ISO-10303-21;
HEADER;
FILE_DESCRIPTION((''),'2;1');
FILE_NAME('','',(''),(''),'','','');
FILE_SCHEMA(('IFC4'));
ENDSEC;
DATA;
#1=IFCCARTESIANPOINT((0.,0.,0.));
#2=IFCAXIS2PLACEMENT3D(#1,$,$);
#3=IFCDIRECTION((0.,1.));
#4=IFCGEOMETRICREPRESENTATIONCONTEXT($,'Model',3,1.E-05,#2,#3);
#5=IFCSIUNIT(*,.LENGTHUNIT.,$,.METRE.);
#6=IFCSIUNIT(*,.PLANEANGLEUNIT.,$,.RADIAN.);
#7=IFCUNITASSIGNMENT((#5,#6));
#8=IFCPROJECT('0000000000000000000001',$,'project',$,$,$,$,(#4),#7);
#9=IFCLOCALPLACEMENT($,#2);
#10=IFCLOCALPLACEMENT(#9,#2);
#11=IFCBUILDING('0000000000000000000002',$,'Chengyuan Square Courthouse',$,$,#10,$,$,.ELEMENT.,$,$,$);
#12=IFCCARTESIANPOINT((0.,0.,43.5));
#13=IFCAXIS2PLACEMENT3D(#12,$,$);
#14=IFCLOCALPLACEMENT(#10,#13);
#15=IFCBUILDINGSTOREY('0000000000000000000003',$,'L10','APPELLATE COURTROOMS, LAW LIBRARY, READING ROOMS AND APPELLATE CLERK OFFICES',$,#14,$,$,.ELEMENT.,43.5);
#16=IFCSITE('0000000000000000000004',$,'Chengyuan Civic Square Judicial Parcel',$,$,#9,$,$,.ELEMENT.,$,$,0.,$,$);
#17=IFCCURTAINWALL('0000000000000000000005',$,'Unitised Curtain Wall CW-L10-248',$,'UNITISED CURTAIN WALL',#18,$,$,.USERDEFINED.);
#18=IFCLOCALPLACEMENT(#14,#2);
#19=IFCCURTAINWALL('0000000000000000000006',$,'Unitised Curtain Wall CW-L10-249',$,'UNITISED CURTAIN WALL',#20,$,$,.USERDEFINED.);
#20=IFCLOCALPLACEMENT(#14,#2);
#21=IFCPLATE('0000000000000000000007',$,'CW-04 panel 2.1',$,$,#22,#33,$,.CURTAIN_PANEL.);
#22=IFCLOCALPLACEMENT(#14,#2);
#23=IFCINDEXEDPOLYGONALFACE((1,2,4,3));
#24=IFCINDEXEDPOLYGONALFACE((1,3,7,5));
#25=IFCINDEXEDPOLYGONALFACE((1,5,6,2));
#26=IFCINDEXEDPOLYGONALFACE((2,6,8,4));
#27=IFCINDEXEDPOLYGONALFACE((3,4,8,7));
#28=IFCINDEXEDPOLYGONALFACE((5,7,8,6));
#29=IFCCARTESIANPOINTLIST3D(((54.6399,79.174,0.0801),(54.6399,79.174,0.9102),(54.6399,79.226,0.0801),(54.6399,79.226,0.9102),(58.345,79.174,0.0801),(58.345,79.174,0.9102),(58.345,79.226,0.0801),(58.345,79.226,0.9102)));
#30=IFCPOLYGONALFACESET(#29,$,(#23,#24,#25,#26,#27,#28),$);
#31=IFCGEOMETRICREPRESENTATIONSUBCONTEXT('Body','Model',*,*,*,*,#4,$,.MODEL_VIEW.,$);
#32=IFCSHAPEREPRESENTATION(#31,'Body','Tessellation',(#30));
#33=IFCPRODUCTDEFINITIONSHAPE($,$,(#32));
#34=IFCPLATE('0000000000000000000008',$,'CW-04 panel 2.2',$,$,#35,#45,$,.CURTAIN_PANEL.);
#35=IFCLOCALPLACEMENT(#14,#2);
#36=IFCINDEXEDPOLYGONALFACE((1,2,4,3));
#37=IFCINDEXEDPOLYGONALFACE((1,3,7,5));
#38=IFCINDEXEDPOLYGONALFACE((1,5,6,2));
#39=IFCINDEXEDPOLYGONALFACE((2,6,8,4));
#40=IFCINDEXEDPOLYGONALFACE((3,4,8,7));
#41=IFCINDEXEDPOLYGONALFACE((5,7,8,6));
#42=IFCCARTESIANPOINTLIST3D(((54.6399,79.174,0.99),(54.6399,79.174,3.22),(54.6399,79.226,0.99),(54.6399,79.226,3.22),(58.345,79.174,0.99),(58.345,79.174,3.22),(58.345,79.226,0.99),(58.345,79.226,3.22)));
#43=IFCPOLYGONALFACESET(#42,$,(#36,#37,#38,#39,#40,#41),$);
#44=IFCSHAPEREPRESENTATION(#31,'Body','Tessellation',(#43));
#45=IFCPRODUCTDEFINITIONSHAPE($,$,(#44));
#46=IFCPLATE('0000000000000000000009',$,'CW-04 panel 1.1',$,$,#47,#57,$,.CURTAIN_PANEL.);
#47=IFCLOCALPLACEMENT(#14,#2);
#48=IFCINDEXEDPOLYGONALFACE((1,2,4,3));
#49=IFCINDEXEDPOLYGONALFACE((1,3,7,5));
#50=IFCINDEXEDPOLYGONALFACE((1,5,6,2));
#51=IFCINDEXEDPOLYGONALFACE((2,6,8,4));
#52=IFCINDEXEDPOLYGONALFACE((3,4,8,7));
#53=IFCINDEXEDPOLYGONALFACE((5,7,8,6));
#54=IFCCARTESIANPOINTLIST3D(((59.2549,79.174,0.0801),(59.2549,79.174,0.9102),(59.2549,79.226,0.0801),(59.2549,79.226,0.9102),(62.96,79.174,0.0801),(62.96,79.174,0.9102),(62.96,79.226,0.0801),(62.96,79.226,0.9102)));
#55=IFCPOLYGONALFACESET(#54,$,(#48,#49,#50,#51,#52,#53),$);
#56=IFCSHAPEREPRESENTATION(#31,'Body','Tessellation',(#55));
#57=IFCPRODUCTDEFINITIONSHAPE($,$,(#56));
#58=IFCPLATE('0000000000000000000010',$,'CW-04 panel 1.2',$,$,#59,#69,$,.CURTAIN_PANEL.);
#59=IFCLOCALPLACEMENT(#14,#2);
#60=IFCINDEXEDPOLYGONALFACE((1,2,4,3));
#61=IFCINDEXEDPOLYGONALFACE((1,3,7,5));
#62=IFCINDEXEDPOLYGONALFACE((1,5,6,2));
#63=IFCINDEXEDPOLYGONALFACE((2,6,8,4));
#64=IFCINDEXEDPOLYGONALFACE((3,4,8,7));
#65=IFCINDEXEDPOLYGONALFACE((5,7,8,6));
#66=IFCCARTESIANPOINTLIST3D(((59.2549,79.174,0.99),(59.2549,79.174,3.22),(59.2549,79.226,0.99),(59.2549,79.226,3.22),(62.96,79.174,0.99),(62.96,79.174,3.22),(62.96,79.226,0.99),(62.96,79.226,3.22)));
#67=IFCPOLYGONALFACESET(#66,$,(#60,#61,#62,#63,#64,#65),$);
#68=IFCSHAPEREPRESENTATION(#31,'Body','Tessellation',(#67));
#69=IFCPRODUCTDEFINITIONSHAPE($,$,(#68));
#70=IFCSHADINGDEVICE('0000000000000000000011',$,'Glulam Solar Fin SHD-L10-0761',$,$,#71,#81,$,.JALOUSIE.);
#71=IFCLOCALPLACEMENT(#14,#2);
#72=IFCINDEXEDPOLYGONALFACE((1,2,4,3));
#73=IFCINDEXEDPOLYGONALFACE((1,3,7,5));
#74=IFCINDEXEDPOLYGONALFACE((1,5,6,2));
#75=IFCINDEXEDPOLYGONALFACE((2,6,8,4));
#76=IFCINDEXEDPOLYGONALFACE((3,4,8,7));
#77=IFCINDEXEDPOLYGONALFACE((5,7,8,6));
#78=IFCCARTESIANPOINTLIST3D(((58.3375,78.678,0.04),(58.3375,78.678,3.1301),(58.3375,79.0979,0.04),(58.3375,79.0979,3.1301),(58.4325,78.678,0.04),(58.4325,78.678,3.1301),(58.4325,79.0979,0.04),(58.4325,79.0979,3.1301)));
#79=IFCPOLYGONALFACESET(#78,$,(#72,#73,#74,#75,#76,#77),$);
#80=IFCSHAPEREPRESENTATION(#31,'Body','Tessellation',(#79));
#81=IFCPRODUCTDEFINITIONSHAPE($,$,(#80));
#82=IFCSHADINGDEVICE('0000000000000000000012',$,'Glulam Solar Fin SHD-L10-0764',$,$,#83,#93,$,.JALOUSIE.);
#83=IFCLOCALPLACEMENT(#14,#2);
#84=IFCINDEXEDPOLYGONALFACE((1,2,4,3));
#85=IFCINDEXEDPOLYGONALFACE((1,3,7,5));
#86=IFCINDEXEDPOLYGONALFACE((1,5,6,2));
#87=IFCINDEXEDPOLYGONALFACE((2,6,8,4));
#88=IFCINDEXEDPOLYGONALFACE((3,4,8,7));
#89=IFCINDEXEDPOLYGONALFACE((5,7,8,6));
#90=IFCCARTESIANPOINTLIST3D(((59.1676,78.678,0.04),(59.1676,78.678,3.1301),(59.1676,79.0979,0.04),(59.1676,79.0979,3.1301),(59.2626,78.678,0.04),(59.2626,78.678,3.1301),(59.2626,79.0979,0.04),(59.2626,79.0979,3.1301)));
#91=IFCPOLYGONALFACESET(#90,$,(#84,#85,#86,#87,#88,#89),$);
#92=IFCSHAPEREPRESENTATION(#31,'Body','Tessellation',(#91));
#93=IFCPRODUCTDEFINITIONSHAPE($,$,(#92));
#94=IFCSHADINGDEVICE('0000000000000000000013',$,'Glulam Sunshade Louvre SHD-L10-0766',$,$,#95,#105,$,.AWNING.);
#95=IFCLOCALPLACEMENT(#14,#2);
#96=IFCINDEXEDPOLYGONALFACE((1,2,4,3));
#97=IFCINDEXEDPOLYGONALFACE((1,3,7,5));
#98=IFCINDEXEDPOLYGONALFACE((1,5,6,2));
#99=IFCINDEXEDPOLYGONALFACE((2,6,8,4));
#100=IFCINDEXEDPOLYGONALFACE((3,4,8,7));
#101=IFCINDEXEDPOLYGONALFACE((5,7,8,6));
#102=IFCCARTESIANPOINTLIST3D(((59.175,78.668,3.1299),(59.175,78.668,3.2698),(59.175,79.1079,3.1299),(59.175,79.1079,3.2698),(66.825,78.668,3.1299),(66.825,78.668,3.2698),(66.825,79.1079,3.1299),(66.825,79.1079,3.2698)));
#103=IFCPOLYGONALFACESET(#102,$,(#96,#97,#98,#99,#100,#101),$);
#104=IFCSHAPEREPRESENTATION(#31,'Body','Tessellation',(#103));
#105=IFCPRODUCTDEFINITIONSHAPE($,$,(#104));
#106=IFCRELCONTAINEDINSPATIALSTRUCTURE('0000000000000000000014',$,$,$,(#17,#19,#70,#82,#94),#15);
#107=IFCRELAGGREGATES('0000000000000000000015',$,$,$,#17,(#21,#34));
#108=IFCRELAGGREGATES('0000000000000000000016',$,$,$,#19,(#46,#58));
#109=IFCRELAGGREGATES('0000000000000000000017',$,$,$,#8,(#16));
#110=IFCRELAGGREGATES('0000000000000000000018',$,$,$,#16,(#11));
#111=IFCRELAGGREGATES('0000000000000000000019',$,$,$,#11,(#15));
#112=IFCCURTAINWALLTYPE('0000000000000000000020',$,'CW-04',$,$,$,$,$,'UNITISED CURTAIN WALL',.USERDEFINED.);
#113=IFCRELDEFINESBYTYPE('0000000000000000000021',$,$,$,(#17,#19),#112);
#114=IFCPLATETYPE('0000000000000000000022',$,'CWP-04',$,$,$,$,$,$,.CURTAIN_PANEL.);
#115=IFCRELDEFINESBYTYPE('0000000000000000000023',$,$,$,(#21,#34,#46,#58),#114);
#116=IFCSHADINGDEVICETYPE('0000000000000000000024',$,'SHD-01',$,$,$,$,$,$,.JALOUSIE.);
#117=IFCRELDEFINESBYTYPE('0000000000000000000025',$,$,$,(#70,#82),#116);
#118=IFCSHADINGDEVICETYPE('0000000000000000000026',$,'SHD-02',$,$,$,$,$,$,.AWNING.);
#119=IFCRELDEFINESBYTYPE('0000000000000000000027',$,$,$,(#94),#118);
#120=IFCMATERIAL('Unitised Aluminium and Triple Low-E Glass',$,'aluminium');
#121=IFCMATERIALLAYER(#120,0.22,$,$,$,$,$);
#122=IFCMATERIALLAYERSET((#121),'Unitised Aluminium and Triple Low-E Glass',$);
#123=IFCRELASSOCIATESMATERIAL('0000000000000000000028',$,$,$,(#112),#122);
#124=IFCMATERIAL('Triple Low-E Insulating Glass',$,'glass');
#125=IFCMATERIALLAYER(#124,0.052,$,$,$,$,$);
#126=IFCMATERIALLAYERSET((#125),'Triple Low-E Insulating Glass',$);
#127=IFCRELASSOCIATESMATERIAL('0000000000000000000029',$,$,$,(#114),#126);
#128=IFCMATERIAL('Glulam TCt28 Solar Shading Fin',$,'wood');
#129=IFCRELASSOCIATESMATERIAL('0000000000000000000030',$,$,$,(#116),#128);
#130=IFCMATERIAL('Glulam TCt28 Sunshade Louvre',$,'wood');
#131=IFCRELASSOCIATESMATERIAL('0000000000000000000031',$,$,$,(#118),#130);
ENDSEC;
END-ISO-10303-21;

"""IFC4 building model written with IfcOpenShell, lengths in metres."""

from ifc_helpers import new_model, si_unit, direction, frame, origin, origin_2d, place, context, subcontext, project, spatial, rectangle, extrude, material, layer, layer_set, type_object, element, aggregate, save


model = new_model("IFC4")

# Units and contexts
model_context = context("Model", 3, precision=1e-05, world=origin(), true_north=direction((0.0, 1.0)))
body_context = subcontext(model_context, "Body", "Model", "MODEL_VIEW")
ifc_project = project(units=[si_unit("LENGTHUNIT", "METRE"), si_unit("PLANEANGLEUNIT", "RADIAN")], contexts=[model_context])

# Site, building, storey
site_placement = place(None, origin())
site = spatial("IfcSite", under=ifc_project, at=site_placement, Name="Chengyuan Civic Square Judicial Parcel", CompositionType="ELEMENT", RefElevation=0.0)
building_placement = place(site_placement, origin())
building = spatial("IfcBuilding", under=site, at=building_placement, Name="Chengyuan Square Courthouse", CompositionType="ELEMENT")
storey_placement = place(building_placement, frame((0.0, 0.0, 43.5)))
storey = spatial("IfcBuildingStorey", under=building, at=storey_placement, Name="L10", Description="APPELLATE COURTROOMS, LAW LIBRARY, READING ROOMS AND APPELLATE CLERK OFFICES", CompositionType="ELEMENT", Elevation=43.5)

# Curtain walls
ifc_material_1 = material(Name="Unitised Aluminium and Triple Low-E Glass", Category="aluminium")
ifc_layer_1 = layer(ifc_material_1, 0.22)
ifc_layer_set_1 = layer_set([ifc_layer_1], Name="Unitised Aluminium and Triple Low-E Glass")
curtain_wall_type = type_object("IfcCurtainWallType", Name="CW-04", ElementType="UNITISED CURTAIN WALL", PredefinedType="USERDEFINED", material=ifc_layer_set_1)
curtain_wall_1_placement = place(storey_placement, origin())
curtain_wall_1 = element("IfcCurtainWall", 1, at=curtain_wall_1_placement, inside=storey, type_object=curtain_wall_type, Name="Unitised Curtain Wall CW-L10-248", ObjectType="UNITISED CURTAIN WALL", PredefinedType="USERDEFINED")
curtain_wall_2_placement = place(storey_placement, origin())
curtain_wall_2 = element("IfcCurtainWall", 2, at=curtain_wall_2_placement, inside=storey, type_object=curtain_wall_type, Name="Unitised Curtain Wall CW-L10-249", ObjectType="UNITISED CURTAIN WALL", PredefinedType="USERDEFINED")

# Plates
ifc_material_2 = material(Name="Triple Low-E Insulating Glass", Category="glass")
ifc_layer_2 = layer(ifc_material_2, 0.052)
ifc_layer_set_2 = layer_set([ifc_layer_2], Name="Triple Low-E Insulating Glass")
plate_type = type_object("IfcPlateType", Name="CWP-04", PredefinedType="CURTAIN_PANEL", material=ifc_layer_set_2)
plate_1_placement = place(storey_placement, frame((56.4924, 79.2, 0.0801), z_axis=(0.0, 0.0, 1.0), x_axis=(1.0, 0.0, 0.0)))
plate_1 = element("IfcPlate", 3, at=plate_1_placement, type_object=plate_type, Name="CW-04 panel 2.1", PredefinedType="CURTAIN_PANEL", context=body_context, shape_type="SweptSolid", body=[
    extrude(rectangle(XDim=3.7051, YDim=0.052, at=origin_2d()), origin(), (0.0, 0.0, 1.0), 0.8301),
])
plate_2_placement = place(storey_placement, frame((56.4924, 79.2, 0.99), z_axis=(0.0, 0.0, 1.0), x_axis=(1.0, 0.0, 0.0)))
plate_2 = element("IfcPlate", 4, at=plate_2_placement, type_object=plate_type, Name="CW-04 panel 2.2", PredefinedType="CURTAIN_PANEL", context=body_context, shape_type="SweptSolid", body=[
    extrude(rectangle(XDim=3.7051, YDim=0.052, at=origin_2d()), origin(), (0.0, 0.0, 1.0), 2.23),
])
aggregate(curtain_wall_1, [plate_1, plate_2])
plate_3_placement = place(storey_placement, frame((61.1074, 79.2, 0.0801), z_axis=(0.0, 0.0, 1.0), x_axis=(1.0, 0.0, 0.0)))
plate_3 = element("IfcPlate", 5, at=plate_3_placement, type_object=plate_type, Name="CW-04 panel 1.1", PredefinedType="CURTAIN_PANEL", context=body_context, shape_type="SweptSolid", body=[
    extrude(rectangle(XDim=3.7051, YDim=0.052, at=origin_2d()), origin(), (0.0, 0.0, 1.0), 0.8301),
])
plate_4_placement = place(storey_placement, frame((61.1074, 79.2, 0.99), z_axis=(0.0, 0.0, 1.0), x_axis=(1.0, 0.0, 0.0)))
plate_4 = element("IfcPlate", 6, at=plate_4_placement, type_object=plate_type, Name="CW-04 panel 1.2", PredefinedType="CURTAIN_PANEL", context=body_context, shape_type="SweptSolid", body=[
    extrude(rectangle(XDim=3.7051, YDim=0.052, at=origin_2d()), origin(), (0.0, 0.0, 1.0), 2.23),
])
aggregate(curtain_wall_2, [plate_3, plate_4])

# Shading devices
ifc_material_3 = material(Name="Glulam TCt28 Solar Shading Fin", Category="wood")
shading_device_type_1 = type_object("IfcShadingDeviceType", Name="SHD-01", PredefinedType="JALOUSIE", material=ifc_material_3)
for number, where, z_axis, x_axis, name in (
    (7, (58.385, 78.8879, 0.04), (0.0, 0.0, 1.0), (0.0, 1.0, 0.0), "Glulam Solar Fin SHD-L10-0761"),
    (8, (59.2151, 78.8879, 0.04), (0.0, 0.0, 1.0), (0.0, 1.0, 0.0), "Glulam Solar Fin SHD-L10-0764"),
):
    element("IfcShadingDevice", number, at=place(storey_placement, frame(where, z_axis=z_axis, x_axis=x_axis)), inside=storey, type_object=shading_device_type_1, Name=name, PredefinedType="JALOUSIE", context=body_context, shape_type="SweptSolid", body=[
        extrude(rectangle(XDim=0.4199, YDim=0.095, at=origin_2d()), origin(), (0.0, 0.0, 1.0), 3.0901),
    ])
ifc_material_4 = material(Name="Glulam TCt28 Sunshade Louvre", Category="wood")
shading_device_type_2 = type_object("IfcShadingDeviceType", Name="SHD-02", PredefinedType="AWNING", material=ifc_material_4)
shading_device_placement = place(storey_placement, frame((63.0, 78.8879, 3.1299), z_axis=(0.0, 0.0, 1.0), x_axis=(1.0, 0.0, 0.0)))
element("IfcShadingDevice", 9, at=shading_device_placement, inside=storey, type_object=shading_device_type_2, Name="Glulam Sunshade Louvre SHD-L10-0766", PredefinedType="AWNING", context=body_context, shape_type="SweptSolid", body=[
    extrude(rectangle(XDim=7.6499, YDim=0.4399, at=origin_2d()), origin(), (0.0, 0.0, 1.0), 0.1399),
])

save(model, "model.ifc")
